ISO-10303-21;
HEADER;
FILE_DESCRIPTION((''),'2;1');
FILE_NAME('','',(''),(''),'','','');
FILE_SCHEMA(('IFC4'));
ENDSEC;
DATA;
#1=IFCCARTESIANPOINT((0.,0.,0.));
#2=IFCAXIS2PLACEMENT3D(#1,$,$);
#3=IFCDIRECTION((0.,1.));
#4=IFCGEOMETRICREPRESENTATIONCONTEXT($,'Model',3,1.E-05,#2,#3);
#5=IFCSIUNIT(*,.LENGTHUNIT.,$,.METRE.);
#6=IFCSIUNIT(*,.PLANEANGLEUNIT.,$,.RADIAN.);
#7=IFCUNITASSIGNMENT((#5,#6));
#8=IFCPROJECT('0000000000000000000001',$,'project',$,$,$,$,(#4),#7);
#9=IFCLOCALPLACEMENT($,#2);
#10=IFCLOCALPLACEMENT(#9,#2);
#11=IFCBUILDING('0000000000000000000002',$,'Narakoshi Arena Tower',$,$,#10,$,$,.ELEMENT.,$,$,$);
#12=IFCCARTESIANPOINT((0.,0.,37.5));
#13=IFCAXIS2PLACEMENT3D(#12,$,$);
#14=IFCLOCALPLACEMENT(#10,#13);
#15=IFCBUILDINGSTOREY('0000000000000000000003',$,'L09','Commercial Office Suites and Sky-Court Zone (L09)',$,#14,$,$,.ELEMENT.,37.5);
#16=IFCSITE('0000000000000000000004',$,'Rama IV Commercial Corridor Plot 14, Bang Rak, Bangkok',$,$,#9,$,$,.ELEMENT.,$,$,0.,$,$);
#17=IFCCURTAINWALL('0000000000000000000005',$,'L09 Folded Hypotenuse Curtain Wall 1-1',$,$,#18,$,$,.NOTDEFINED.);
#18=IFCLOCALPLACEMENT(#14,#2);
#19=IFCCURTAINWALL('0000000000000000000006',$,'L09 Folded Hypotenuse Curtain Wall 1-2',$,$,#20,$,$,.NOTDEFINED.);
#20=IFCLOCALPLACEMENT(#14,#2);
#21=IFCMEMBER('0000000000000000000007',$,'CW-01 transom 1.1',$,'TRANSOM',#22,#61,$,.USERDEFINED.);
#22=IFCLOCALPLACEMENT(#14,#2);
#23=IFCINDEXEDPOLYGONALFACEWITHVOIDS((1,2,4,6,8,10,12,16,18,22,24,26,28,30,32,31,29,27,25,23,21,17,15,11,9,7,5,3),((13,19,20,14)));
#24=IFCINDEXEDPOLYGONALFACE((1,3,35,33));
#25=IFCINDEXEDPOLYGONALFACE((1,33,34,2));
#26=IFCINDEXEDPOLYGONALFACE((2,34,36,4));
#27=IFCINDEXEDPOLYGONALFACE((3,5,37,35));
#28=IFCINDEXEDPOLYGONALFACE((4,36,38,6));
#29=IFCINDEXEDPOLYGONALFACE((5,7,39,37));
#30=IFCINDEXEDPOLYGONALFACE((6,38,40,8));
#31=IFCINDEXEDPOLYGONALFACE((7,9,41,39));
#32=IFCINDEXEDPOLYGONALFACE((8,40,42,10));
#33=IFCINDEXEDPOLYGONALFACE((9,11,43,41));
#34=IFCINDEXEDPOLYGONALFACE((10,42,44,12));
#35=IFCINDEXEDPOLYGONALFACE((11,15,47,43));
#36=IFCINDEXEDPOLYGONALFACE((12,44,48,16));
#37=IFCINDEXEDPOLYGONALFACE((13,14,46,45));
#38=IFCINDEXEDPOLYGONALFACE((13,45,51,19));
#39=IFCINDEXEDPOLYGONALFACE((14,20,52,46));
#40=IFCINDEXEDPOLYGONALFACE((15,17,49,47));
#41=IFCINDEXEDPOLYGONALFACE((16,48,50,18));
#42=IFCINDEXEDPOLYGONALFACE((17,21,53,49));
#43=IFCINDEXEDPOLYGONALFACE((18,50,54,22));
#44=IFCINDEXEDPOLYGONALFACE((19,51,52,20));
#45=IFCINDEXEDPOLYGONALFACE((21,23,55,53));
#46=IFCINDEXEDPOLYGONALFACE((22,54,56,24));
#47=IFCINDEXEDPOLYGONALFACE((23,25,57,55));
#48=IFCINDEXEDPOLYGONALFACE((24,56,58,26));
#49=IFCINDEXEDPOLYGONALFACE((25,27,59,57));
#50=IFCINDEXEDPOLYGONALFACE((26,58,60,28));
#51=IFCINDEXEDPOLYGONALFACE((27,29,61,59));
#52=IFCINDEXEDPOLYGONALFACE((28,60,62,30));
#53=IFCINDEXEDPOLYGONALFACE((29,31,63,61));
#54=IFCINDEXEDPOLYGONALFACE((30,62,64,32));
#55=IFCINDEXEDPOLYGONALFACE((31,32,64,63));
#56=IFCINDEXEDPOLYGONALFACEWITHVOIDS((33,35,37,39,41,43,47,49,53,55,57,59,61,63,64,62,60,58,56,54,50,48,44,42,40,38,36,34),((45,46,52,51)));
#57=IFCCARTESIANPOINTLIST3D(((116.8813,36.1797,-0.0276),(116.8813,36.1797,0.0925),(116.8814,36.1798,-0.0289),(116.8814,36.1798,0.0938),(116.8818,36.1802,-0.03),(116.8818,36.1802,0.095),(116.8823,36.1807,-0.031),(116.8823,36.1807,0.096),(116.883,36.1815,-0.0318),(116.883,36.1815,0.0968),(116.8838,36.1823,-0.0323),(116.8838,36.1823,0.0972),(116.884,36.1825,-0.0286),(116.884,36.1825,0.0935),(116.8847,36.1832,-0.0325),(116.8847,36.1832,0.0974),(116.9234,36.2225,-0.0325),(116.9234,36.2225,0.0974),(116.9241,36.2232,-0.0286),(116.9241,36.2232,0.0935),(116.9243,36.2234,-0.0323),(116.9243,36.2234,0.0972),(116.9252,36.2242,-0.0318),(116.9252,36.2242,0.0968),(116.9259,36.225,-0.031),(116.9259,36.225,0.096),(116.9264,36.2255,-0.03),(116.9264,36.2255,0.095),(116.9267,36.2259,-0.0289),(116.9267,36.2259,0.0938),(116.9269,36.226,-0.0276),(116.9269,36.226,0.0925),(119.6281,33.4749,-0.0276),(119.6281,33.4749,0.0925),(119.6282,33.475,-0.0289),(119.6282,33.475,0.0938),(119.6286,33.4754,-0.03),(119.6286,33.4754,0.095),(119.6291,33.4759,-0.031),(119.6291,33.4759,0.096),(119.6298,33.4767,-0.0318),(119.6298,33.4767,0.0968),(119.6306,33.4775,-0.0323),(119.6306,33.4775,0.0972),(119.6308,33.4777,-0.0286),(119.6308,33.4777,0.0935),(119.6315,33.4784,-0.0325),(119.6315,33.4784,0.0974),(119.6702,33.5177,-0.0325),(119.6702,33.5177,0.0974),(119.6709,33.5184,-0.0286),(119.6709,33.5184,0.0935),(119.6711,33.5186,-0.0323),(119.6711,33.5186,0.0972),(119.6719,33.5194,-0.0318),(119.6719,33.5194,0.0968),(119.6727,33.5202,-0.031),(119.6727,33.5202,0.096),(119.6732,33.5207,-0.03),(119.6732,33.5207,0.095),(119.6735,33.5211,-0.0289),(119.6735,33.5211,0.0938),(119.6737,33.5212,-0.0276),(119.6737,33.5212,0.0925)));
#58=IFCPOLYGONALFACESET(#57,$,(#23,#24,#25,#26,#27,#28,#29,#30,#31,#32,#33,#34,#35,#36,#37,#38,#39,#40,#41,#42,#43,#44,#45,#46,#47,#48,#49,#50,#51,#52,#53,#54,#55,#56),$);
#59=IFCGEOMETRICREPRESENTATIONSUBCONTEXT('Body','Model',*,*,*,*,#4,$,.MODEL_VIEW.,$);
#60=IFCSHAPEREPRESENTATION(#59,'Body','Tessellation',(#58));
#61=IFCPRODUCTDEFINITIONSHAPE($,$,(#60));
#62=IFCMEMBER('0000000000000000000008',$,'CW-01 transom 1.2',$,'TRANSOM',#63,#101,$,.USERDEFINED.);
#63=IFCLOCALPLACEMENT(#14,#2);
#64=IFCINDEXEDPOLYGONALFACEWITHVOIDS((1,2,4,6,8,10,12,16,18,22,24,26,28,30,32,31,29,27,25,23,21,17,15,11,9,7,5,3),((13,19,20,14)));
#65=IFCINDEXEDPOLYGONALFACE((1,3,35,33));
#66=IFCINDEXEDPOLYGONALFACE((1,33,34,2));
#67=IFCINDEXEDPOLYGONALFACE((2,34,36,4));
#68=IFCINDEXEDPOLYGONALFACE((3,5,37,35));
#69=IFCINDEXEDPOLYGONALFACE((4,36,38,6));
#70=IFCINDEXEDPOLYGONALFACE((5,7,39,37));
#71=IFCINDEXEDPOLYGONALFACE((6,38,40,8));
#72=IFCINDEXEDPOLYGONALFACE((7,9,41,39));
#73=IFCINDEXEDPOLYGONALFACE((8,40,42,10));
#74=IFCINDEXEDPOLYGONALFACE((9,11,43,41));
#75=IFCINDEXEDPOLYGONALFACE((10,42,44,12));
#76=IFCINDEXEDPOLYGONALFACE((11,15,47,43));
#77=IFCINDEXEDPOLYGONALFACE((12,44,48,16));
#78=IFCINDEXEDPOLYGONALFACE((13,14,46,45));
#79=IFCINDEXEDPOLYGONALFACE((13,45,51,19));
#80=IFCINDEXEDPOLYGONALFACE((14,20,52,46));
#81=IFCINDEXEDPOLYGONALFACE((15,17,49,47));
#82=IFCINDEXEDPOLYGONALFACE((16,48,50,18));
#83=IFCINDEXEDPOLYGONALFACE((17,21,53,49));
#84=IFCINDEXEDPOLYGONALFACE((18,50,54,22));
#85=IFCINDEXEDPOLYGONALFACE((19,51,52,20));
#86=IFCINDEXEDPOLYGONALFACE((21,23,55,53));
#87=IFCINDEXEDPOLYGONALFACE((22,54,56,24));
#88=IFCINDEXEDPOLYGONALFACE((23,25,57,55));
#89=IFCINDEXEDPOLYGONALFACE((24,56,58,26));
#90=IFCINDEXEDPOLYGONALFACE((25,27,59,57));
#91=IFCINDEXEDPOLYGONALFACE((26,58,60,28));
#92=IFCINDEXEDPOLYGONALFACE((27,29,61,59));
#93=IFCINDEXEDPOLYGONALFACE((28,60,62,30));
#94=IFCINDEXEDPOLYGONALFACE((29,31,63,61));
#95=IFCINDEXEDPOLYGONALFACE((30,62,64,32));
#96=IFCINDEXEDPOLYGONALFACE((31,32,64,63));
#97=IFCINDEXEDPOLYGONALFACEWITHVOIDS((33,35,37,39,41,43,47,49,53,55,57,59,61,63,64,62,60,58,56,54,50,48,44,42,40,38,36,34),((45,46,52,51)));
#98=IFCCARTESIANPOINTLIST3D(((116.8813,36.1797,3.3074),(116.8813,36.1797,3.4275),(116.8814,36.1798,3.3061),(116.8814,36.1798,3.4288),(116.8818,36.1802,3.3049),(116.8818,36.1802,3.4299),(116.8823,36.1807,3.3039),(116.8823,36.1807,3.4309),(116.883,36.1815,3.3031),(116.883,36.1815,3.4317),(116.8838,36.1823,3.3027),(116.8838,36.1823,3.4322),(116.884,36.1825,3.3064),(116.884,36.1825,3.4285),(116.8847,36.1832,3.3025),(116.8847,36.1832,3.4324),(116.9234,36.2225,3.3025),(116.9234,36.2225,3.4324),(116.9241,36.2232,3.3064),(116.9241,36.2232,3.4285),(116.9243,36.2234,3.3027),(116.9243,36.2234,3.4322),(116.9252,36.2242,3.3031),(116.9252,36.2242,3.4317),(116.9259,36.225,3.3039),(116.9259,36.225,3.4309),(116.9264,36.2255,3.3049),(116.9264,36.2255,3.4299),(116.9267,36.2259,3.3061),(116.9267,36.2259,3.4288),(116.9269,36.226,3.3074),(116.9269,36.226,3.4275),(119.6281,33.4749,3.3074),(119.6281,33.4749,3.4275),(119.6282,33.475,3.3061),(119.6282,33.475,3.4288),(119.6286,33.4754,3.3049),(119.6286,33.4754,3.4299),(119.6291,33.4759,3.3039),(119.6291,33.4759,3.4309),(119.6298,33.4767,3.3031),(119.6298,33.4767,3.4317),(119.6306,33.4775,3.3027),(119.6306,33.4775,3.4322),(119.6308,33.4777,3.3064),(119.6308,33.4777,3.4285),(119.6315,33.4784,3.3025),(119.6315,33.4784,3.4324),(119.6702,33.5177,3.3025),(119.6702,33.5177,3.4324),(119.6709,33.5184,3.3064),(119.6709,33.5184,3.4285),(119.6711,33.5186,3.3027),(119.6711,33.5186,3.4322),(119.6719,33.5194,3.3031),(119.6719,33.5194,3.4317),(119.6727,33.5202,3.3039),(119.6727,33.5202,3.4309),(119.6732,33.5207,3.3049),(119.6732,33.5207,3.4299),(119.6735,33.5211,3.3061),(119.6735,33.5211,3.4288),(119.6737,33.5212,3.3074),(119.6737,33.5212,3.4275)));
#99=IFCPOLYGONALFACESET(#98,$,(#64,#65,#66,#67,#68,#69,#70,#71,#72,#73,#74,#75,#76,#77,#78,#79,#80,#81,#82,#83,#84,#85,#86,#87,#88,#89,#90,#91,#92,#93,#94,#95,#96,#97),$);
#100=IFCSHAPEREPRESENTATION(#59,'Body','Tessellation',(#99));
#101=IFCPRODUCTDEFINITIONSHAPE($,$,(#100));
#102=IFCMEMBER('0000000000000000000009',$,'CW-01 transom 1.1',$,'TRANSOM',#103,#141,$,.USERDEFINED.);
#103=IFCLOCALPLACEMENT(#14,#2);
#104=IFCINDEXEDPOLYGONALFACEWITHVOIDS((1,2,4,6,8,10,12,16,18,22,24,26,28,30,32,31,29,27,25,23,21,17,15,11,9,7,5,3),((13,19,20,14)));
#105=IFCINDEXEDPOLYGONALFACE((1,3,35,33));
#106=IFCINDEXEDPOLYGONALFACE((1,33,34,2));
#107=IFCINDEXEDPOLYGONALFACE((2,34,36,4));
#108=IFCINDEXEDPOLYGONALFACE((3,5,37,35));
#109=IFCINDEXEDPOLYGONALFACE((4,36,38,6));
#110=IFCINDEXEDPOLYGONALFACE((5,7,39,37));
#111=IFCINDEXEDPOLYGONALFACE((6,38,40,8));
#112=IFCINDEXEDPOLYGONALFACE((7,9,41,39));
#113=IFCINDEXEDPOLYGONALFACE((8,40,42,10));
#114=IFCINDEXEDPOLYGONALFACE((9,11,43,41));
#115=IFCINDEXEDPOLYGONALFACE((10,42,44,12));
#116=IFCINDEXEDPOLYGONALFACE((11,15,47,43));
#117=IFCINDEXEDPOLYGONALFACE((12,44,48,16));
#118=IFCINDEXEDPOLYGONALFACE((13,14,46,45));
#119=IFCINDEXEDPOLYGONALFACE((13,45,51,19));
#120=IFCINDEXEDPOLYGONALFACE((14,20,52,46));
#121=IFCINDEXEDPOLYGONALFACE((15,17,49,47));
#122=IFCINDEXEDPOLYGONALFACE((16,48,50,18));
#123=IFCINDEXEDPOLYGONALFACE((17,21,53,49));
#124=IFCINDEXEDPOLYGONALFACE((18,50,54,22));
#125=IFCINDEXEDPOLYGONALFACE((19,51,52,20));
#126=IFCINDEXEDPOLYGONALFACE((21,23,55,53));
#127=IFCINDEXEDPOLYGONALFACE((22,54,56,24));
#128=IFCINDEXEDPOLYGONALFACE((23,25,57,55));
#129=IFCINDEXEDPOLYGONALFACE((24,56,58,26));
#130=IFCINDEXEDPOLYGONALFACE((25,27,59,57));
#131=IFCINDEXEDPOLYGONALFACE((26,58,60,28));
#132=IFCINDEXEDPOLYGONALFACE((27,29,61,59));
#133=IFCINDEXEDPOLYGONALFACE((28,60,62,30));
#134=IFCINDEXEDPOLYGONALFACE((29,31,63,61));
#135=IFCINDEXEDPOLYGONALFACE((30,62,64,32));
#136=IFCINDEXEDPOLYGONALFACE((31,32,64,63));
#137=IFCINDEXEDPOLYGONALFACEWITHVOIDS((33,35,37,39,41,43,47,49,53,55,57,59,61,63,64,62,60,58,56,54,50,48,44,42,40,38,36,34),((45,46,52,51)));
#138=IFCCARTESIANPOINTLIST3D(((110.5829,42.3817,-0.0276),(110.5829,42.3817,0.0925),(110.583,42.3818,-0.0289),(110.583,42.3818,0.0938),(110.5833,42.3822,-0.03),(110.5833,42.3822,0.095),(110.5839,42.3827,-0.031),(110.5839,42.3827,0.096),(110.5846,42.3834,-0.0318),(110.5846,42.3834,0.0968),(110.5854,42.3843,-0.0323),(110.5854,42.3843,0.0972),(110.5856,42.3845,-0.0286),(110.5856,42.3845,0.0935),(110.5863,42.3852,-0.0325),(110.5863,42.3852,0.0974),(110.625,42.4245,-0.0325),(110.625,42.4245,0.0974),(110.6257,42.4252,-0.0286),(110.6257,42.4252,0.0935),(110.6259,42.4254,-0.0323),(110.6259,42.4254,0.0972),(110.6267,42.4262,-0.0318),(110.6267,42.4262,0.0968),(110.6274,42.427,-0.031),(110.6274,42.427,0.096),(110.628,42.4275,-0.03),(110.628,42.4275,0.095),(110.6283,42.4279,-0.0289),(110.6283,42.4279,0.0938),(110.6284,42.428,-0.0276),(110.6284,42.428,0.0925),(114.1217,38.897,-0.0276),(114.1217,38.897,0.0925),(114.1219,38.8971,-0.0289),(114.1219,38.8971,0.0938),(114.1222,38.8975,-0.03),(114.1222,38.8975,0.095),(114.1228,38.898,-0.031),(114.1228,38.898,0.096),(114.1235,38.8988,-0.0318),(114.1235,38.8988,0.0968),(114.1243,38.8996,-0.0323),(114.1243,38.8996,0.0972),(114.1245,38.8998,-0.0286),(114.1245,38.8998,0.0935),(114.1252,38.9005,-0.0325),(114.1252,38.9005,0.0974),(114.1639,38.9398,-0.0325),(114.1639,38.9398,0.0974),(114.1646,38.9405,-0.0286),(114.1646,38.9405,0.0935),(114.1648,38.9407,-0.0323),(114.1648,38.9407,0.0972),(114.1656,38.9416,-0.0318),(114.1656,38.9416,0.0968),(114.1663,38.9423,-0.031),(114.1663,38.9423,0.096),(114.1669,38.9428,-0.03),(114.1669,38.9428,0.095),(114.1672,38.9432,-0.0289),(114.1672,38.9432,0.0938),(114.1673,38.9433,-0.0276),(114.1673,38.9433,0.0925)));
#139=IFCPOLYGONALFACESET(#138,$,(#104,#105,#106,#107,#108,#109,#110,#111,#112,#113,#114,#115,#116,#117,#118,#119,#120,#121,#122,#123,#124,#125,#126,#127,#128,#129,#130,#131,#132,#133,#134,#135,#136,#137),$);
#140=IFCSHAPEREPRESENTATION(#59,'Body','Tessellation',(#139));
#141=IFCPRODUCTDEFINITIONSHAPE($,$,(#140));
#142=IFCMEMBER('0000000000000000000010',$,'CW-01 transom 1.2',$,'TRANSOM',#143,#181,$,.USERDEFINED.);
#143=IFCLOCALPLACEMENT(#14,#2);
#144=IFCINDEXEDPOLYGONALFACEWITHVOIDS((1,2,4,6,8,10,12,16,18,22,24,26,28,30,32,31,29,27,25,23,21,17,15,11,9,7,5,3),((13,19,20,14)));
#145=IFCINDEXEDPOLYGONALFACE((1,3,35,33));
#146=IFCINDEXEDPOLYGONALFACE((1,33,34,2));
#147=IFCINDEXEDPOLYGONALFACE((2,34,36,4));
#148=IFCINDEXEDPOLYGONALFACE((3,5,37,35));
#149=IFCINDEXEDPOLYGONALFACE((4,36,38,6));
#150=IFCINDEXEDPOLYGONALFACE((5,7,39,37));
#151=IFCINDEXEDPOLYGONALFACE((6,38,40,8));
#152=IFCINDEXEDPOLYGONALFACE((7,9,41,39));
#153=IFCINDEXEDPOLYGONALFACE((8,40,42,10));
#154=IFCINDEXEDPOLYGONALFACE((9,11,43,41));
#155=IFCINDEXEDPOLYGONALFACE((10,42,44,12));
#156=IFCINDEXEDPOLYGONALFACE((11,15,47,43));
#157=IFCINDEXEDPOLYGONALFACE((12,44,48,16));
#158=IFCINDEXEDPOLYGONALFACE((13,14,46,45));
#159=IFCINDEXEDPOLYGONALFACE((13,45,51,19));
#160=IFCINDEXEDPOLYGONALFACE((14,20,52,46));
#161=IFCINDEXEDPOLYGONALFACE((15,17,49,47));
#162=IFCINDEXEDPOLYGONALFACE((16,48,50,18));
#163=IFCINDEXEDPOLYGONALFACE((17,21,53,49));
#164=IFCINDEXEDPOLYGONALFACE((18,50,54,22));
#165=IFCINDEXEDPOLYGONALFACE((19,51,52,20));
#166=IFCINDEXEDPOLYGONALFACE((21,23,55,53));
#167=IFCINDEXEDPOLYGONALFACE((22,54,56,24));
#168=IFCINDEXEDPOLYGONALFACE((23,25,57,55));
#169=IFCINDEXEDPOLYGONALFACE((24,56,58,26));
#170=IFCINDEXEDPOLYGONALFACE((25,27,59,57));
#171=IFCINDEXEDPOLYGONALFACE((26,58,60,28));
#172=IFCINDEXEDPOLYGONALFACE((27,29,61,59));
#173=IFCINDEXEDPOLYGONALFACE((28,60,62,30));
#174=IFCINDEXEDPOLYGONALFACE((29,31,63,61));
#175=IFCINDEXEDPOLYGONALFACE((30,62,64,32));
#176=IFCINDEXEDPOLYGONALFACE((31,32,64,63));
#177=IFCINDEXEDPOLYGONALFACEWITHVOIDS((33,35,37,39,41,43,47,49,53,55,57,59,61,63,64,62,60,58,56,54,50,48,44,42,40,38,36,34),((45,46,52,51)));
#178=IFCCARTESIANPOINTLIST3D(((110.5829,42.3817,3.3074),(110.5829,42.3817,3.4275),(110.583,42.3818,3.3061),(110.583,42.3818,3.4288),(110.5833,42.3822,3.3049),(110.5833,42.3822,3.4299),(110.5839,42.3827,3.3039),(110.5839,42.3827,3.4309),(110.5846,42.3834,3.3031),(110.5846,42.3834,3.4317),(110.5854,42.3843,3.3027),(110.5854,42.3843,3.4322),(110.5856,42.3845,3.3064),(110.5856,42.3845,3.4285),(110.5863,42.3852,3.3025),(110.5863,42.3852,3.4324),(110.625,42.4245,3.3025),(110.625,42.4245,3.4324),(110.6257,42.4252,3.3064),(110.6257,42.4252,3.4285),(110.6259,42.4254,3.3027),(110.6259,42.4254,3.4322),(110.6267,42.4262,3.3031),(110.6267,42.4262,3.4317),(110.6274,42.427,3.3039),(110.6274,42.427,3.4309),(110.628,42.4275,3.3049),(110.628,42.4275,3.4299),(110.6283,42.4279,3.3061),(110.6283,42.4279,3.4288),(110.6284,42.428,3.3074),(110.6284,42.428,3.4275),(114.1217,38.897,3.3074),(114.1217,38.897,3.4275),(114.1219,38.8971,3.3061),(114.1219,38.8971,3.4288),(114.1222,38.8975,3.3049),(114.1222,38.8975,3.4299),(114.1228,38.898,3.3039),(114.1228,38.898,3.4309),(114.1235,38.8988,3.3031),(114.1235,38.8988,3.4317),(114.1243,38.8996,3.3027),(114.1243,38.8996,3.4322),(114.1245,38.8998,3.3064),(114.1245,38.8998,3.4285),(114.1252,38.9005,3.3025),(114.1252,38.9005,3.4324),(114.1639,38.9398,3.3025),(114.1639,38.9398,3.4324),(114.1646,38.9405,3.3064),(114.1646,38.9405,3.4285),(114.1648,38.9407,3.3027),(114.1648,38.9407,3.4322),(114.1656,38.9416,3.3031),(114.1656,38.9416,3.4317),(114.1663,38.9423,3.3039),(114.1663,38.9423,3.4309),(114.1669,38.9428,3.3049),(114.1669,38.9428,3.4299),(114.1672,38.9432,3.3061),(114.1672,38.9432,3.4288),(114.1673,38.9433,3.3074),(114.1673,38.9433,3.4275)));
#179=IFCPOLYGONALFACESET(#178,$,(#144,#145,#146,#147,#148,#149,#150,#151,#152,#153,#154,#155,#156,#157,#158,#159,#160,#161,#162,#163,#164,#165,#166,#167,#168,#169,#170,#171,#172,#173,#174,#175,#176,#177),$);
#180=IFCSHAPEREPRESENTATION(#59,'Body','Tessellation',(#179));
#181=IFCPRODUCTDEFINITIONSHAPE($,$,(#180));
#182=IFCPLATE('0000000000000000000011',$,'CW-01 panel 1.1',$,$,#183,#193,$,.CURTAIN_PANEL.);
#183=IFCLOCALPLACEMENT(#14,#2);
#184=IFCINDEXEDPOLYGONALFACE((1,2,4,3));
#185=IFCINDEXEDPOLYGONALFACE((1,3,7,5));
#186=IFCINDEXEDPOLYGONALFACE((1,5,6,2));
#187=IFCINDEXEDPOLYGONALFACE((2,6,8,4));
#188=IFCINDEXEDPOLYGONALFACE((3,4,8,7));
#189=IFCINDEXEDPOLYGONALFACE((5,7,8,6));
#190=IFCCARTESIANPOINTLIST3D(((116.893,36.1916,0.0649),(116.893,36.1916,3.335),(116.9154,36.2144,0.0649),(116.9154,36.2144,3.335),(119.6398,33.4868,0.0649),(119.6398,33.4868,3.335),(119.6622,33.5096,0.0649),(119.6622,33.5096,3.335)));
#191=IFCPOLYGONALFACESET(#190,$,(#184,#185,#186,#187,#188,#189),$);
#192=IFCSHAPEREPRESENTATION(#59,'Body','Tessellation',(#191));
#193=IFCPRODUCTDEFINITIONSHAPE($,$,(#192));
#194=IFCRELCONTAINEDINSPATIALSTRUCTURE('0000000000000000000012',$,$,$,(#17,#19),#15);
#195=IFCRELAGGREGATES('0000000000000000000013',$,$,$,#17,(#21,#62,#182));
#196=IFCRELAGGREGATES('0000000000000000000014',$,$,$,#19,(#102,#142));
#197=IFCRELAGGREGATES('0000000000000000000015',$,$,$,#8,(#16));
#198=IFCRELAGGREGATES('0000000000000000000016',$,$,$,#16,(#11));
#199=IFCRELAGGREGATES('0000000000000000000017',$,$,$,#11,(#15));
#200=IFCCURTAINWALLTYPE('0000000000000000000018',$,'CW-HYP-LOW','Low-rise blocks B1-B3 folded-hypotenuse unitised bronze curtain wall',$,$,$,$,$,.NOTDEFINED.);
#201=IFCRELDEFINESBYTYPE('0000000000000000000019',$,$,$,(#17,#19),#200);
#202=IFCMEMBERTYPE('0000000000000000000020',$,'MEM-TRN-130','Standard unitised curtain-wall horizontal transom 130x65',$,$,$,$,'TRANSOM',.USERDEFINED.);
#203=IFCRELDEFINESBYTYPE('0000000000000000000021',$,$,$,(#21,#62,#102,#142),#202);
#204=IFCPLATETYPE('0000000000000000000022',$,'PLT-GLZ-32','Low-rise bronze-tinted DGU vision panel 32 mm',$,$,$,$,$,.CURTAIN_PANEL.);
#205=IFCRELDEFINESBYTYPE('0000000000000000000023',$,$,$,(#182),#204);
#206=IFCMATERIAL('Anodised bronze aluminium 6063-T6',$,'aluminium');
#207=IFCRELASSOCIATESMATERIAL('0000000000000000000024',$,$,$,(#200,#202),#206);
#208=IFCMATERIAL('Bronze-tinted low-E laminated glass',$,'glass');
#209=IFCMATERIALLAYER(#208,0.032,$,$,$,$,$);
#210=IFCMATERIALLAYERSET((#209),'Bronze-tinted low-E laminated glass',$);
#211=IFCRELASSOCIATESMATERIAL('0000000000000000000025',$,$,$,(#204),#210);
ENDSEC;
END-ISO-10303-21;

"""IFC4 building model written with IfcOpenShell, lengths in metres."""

from ifc_helpers import new_model, si_unit, direction, frame, origin, origin_2d, place, context, subcontext, project, spatial, rectangle, hollow_rectangle, extrude, material, layer, layer_set, material_profile, profile_set, type_object, element, aggregate, save


model = new_model("IFC4")

# Units and contexts
model_context = context("Model", 3, precision=1e-05, world=origin(), true_north=direction((0.0, 1.0)))
body_context = subcontext(model_context, "Body", "Model", "MODEL_VIEW")
ifc_project = project(units=[si_unit("LENGTHUNIT", "METRE"), si_unit("PLANEANGLEUNIT", "RADIAN")], contexts=[model_context])

# Site, building, storey
site_placement = place(None, origin())
site = spatial("IfcSite", under=ifc_project, at=site_placement, Name="Rama IV Commercial Corridor Plot 14, Bang Rak, Bangkok", CompositionType="ELEMENT", RefElevation=0.0)
building_placement = place(site_placement, origin())
building = spatial("IfcBuilding", under=site, at=building_placement, Name="Narakoshi Arena Tower", CompositionType="ELEMENT")
storey_placement = place(building_placement, frame((0.0, 0.0, 37.5)))
storey = spatial("IfcBuildingStorey", under=building, at=storey_placement, Name="L09", Description="Commercial Office Suites and Sky-Court Zone (L09)", CompositionType="ELEMENT", Elevation=37.5)

# Curtain walls
ifc_material_1 = material(Name="Anodised bronze aluminium 6063-T6", Category="aluminium")
curtain_wall_type = type_object("IfcCurtainWallType", Name="CW-HYP-LOW", Description="Low-rise blocks B1-B3 folded-hypotenuse unitised bronze curtain wall", PredefinedType="NOTDEFINED", material=ifc_material_1)
curtain_wall_1_placement = place(storey_placement, origin())
curtain_wall_1 = element("IfcCurtainWall", 1, at=curtain_wall_1_placement, inside=storey, type_object=curtain_wall_type, Name="L09 Folded Hypotenuse Curtain Wall 1-1", PredefinedType="NOTDEFINED")
curtain_wall_2_placement = place(storey_placement, origin())
curtain_wall_2 = element("IfcCurtainWall", 2, at=curtain_wall_2_placement, inside=storey, type_object=curtain_wall_type, Name="L09 Folded Hypotenuse Curtain Wall 1-2", PredefinedType="NOTDEFINED")

# Members
ifc_material_profile_1 = material_profile(ifc_material_1, hollow_rectangle(XDim=0.0649, YDim=0.1299, WallThickness=0.0039, OuterFilletRadius=0.0049, at=origin_2d()), Name="TRN130x65x4")
ifc_profile_set_1 = profile_set([ifc_material_profile_1], Name="Anodised bronze aluminium 6063-T6")
member_type_1 = type_object("IfcMemberType", Name="MEM-TRN-130", Description="Standard unitised curtain-wall horizontal transom 130x65", ElementType="TRANSOM", PredefinedType="USERDEFINED", material=ifc_profile_set_1)
member_1_placement = place(storey_placement, frame((119.6509, 33.498, 0.0325), z_axis=(-0.712532, 0.701639, 0.0), x_axis=(-0.701639, -0.712532, 0.0)))
member_1 = element("IfcMember", 3, at=member_1_placement, type_object=member_type_1, Name="CW-01 transom 1.1", ObjectType="TRANSOM", PredefinedType="USERDEFINED", context=body_context, shape_type="SweptSolid", body=[
    extrude(hollow_rectangle(XDim=0.0649, YDim=0.1299, WallThickness=0.0039, OuterFilletRadius=0.0049, at=origin_2d()), origin(), (0.0, 0.0, 1.0), 3.855),
])
member_2_placement = place(storey_placement, frame((119.6509, 33.498, 3.3674), z_axis=(-0.712532, 0.701639, 0.0), x_axis=(-0.701639, -0.712532, 0.0)))
member_2 = element("IfcMember", 4, at=member_2_placement, type_object=member_type_1, Name="CW-01 transom 1.2", ObjectType="TRANSOM", PredefinedType="USERDEFINED", context=body_context, shape_type="SweptSolid", body=[
    extrude(hollow_rectangle(XDim=0.0649, YDim=0.1299, WallThickness=0.0039, OuterFilletRadius=0.0049, at=origin_2d()), origin(), (0.0, 0.0, 1.0), 3.855),
])
member_3_placement = place(storey_placement, frame((114.1445, 38.9202, 0.0325), z_axis=(-0.712542, 0.701629, 0.0), x_axis=(-0.701629, -0.712542, 0.0)))
member_3 = element("IfcMember", 5, at=member_3_placement, type_object=member_type_1, Name="CW-01 transom 1.1", ObjectType="TRANSOM", PredefinedType="USERDEFINED", context=body_context, shape_type="SweptSolid", body=[
    extrude(hollow_rectangle(XDim=0.0649, YDim=0.1299, WallThickness=0.0039, OuterFilletRadius=0.0049, at=origin_2d()), origin(), (0.0, 0.0, 1.0), 4.9666),
])
member_4_placement = place(storey_placement, frame((114.1445, 38.9202, 3.3674), z_axis=(-0.712542, 0.701629, 0.0), x_axis=(-0.701629, -0.712542, 0.0)))
member_4 = element("IfcMember", 6, at=member_4_placement, type_object=member_type_1, Name="CW-01 transom 1.2", ObjectType="TRANSOM", PredefinedType="USERDEFINED", context=body_context, shape_type="SweptSolid", body=[
    extrude(hollow_rectangle(XDim=0.0649, YDim=0.1299, WallThickness=0.0039, OuterFilletRadius=0.0049, at=origin_2d()), origin(), (0.0, 0.0, 1.0), 4.9666),
])

# Plate
ifc_material_2 = material(Name="Bronze-tinted low-E laminated glass", Category="glass")
ifc_layer_1 = layer(ifc_material_2, 0.032)
ifc_layer_set_1 = layer_set([ifc_layer_1], Name="Bronze-tinted low-E laminated glass")
plate_type = type_object("IfcPlateType", Name="PLT-GLZ-32", Description="Low-rise bronze-tinted DGU vision panel 32 mm", PredefinedType="CURTAIN_PANEL", material=ifc_layer_set_1)
plate_1_placement = place(storey_placement, frame((118.2776, 34.8506, 0.0649), z_axis=(0.0, 0.0, 1.0), x_axis=(-0.712541, 0.70163, 0.0)))
plate_1 = element("IfcPlate", 7, at=plate_1_placement, type_object=plate_type, Name="CW-01 panel 1.1", PredefinedType="CURTAIN_PANEL", context=body_context, shape_type="SweptSolid", body=[
    extrude(rectangle(XDim=3.855, YDim=0.032, at=origin_2d()), origin(), (0.0, 0.0, 1.0), 3.27),
])
aggregate(curtain_wall_1, [member_1, member_2, plate_1])
aggregate(curtain_wall_2, [member_3, member_4])

save(model, "model.ifc")
